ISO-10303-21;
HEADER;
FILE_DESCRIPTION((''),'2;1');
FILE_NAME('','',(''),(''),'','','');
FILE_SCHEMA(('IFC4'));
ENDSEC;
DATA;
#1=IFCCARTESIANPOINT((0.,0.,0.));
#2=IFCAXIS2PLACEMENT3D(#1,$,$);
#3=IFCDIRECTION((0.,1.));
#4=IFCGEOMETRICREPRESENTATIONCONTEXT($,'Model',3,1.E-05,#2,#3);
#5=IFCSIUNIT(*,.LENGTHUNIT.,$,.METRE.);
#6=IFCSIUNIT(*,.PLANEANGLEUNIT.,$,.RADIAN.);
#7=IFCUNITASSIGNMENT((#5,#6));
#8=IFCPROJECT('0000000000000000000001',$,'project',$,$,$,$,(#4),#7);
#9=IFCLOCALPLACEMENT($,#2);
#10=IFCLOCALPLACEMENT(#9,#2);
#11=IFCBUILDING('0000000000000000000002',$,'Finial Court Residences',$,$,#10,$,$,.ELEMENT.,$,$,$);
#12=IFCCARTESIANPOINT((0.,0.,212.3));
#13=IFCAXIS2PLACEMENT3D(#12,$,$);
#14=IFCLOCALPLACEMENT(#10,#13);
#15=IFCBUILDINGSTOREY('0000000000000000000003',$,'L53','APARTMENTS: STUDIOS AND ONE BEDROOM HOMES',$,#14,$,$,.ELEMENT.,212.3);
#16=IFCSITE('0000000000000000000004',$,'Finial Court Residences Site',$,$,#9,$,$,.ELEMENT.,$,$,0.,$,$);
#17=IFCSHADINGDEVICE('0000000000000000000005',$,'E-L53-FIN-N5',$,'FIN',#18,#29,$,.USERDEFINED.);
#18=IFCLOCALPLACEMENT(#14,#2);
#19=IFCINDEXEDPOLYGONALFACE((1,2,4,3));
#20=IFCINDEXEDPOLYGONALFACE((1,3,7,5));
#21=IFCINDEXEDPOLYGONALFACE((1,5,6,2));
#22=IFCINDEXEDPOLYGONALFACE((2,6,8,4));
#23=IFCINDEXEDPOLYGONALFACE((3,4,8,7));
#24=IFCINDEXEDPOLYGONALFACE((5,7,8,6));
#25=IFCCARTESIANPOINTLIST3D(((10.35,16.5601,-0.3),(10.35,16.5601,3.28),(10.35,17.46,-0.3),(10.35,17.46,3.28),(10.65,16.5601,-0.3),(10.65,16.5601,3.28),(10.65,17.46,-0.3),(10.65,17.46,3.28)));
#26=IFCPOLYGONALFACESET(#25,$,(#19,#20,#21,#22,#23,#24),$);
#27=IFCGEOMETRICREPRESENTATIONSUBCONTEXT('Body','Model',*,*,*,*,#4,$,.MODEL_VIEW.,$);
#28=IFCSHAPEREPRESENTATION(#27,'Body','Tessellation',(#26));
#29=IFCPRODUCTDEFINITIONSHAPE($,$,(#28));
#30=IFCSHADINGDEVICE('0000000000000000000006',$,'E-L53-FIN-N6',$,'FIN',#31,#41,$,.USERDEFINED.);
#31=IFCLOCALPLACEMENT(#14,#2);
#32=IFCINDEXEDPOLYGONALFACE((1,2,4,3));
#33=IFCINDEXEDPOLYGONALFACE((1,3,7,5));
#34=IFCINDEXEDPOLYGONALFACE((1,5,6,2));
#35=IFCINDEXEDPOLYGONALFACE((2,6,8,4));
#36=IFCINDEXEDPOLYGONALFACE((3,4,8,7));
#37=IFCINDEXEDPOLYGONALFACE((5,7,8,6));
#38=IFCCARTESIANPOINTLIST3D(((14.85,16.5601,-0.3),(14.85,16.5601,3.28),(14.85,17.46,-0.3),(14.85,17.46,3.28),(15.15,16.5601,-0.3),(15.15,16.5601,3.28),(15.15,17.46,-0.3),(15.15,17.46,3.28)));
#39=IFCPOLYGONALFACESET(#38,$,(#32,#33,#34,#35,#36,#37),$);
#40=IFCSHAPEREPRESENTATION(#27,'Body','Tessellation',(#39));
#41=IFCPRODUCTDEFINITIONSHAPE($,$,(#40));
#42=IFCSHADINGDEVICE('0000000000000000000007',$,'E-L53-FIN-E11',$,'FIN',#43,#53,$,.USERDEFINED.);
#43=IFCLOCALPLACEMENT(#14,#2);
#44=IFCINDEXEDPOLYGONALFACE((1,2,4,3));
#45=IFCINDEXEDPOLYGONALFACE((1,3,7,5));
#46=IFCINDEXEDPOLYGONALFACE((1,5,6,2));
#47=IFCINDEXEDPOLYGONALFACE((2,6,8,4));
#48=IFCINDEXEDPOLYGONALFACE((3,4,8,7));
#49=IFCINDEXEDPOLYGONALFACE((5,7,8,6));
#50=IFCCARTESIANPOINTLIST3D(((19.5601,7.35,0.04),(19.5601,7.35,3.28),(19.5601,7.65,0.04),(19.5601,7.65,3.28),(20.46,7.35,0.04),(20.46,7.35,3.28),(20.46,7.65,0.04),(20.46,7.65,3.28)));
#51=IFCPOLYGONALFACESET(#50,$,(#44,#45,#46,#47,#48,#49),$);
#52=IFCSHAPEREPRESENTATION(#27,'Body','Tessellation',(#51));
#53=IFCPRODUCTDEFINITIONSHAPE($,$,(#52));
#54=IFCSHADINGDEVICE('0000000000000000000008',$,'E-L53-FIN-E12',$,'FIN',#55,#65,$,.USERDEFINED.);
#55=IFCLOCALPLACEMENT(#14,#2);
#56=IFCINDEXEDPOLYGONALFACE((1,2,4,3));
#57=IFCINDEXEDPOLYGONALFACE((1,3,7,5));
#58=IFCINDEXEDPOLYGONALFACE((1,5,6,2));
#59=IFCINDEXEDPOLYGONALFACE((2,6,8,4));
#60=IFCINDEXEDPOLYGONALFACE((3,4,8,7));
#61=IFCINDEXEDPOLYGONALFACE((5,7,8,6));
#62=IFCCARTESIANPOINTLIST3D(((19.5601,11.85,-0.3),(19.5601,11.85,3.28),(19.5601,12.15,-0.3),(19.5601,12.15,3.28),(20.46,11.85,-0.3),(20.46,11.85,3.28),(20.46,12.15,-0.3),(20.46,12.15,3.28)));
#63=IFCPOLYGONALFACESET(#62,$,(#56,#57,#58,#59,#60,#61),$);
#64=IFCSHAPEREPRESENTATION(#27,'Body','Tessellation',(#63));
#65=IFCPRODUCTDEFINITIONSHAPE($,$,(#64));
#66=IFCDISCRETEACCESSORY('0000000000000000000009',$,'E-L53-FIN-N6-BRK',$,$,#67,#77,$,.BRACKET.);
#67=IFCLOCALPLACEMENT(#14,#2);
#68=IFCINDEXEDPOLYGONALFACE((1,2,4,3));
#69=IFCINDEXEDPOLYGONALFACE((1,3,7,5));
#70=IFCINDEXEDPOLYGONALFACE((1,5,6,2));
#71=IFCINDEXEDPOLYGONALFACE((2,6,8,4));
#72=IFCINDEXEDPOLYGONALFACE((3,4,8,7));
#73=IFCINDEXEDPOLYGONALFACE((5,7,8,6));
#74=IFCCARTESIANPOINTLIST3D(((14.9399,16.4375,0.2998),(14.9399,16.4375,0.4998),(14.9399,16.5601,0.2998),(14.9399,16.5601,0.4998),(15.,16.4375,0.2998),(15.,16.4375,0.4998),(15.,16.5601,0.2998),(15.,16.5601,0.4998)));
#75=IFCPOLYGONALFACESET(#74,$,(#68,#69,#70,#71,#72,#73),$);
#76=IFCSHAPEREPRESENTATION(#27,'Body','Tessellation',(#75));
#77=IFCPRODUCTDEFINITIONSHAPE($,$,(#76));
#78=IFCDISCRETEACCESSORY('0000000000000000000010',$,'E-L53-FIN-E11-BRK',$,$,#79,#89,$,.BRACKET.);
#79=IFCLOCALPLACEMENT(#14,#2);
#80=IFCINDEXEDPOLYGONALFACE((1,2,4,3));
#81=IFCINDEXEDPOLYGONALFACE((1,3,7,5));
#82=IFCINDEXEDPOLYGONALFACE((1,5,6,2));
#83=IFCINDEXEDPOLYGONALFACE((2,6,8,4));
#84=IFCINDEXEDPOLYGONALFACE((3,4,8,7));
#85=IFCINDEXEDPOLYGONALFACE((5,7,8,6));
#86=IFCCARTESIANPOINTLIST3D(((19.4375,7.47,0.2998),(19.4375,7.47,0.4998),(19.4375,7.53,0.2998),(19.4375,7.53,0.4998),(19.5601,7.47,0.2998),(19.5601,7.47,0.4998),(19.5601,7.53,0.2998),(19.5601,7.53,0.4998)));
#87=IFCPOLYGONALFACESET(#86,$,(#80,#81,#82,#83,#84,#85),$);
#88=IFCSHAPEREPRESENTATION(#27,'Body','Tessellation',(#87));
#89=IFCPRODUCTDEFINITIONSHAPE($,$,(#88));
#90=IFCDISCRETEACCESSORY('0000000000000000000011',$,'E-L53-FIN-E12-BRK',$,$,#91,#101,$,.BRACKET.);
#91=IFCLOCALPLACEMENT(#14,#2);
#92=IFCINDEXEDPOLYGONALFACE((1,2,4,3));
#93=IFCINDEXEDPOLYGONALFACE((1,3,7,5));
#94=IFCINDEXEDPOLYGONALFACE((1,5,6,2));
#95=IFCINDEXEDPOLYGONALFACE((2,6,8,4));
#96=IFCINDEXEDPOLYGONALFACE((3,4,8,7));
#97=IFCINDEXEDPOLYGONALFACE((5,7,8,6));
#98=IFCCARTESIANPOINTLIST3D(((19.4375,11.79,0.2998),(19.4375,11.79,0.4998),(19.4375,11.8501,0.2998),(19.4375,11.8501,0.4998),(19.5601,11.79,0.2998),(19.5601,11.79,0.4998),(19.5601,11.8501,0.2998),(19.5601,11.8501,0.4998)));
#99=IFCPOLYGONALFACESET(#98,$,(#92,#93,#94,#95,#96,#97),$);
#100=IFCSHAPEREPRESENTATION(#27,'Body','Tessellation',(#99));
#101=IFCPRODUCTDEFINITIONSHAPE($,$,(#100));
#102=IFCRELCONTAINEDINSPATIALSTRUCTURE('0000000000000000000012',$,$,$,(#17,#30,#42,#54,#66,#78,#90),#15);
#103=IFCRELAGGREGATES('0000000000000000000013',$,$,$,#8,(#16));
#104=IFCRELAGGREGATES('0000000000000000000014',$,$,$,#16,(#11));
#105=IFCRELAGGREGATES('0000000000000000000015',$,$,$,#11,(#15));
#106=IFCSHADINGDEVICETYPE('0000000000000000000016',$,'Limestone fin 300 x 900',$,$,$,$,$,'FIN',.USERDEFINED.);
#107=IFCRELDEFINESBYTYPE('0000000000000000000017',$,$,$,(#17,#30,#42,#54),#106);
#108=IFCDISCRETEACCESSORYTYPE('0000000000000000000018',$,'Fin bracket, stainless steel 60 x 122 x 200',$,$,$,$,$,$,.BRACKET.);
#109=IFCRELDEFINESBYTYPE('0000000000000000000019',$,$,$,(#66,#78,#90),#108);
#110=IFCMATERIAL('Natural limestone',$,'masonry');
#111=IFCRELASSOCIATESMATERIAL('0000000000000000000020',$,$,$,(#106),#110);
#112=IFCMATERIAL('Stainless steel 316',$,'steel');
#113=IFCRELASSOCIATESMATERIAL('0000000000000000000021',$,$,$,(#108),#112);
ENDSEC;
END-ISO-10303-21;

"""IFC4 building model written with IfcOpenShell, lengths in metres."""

from ifc_helpers import new_model, si_unit, direction, frame, origin, origin_2d, place, context, subcontext, project, spatial, rectangle, extrude, material, type_object, element, save


model = new_model("IFC4")

# Units and contexts
model_context = context("Model", 3, precision=1e-05, world=origin(), true_north=direction((0.0, 1.0)))
body_context = subcontext(model_context, "Body", "Model", "MODEL_VIEW")
ifc_project = project(units=[si_unit("LENGTHUNIT", "METRE"), si_unit("PLANEANGLEUNIT", "RADIAN")], contexts=[model_context])

# Site, building, storey
site_placement = place(None, origin())
site = spatial("IfcSite", under=ifc_project, at=site_placement, Name="Finial Court Residences Site", CompositionType="ELEMENT", RefElevation=0.0)
building_placement = place(site_placement, origin())
building = spatial("IfcBuilding", under=site, at=building_placement, Name="Finial Court Residences", CompositionType="ELEMENT")
storey_placement = place(building_placement, frame((0.0, 0.0, 212.3)))
storey = spatial("IfcBuildingStorey", under=building, at=storey_placement, Name="L53", Description="APARTMENTS: STUDIOS AND ONE BEDROOM HOMES", CompositionType="ELEMENT", Elevation=212.3)

# Shared definitions
ifc_material_1 = material(Name="Natural limestone", Category="masonry")

# Shading devices
shading_device_type = type_object("IfcShadingDeviceType", Name="Limestone fin 300 x 900", ElementType="FIN", PredefinedType="USERDEFINED", material=ifc_material_1)
for number, where, z_axis, x_axis, name in (
    (1, (10.5, 17.01, -0.3), (0.0, 0.0, 1.0), (1.0, 0.0, 0.0), "E-L53-FIN-N5"),
    (2, (15.0, 17.01, -0.3), (0.0, 0.0, 1.0), (1.0, 0.0, 0.0), "E-L53-FIN-N6"),
):
    element("IfcShadingDevice", number, at=place(storey_placement, frame(where, z_axis=z_axis, x_axis=x_axis)), inside=storey, type_object=shading_device_type, Name=name, ObjectType="FIN", PredefinedType="USERDEFINED", context=body_context, shape_type="SweptSolid", body=[
        extrude(rectangle(XDim=0.3, YDim=0.8999, at=origin_2d()), origin(), (0.0, 0.0, 1.0), 3.5801),
    ])
shading_device_1_placement = place(storey_placement, frame((20.01, 7.5, 0.04), z_axis=(0.0, 0.0, 1.0), x_axis=(1.0, 0.0, 0.0)))
element("IfcShadingDevice", 3, at=shading_device_1_placement, inside=storey, type_object=shading_device_type, Name="E-L53-FIN-E11", ObjectType="FIN", PredefinedType="USERDEFINED", context=body_context, shape_type="SweptSolid", body=[
    extrude(rectangle(XDim=0.8999, YDim=0.3, at=origin_2d()), origin(), (0.0, 0.0, 1.0), 3.24),
])
shading_device_2_placement = place(storey_placement, frame((20.01, 12.0, -0.3), z_axis=(0.0, 0.0, 1.0), x_axis=(1.0, 0.0, 0.0)))
element("IfcShadingDevice", 4, at=shading_device_2_placement, inside=storey, type_object=shading_device_type, Name="E-L53-FIN-E12", ObjectType="FIN", PredefinedType="USERDEFINED", context=body_context, shape_type="SweptSolid", body=[
    extrude(rectangle(XDim=0.8999, YDim=0.3, at=origin_2d()), origin(), (0.0, 0.0, 1.0), 3.5801),
])

# Discrete accessories
ifc_material_2 = material(Name="Stainless steel 316", Category="steel")
discrete_accessory_type = type_object("IfcDiscreteAccessoryType", Name="Fin bracket, stainless steel 60 x 122 x 200", PredefinedType="BRACKET", material=ifc_material_2)
discrete_accessory_placement = place(storey_placement, frame((14.97, 16.4988, 0.2998), z_axis=(0.0, 0.0, 1.0), x_axis=(1.0, 0.0, 0.0)))
element("IfcDiscreteAccessory", 5, at=discrete_accessory_placement, inside=storey, type_object=discrete_accessory_type, Name="E-L53-FIN-N6-BRK", PredefinedType="BRACKET", context=body_context, shape_type="SweptSolid", body=[
    extrude(rectangle(XDim=0.0601, YDim=0.1226, at=origin_2d()), origin(), (0.0, 0.0, 1.0), 0.2),
])
for number, where, z_axis, x_axis, name in (
    (6, (19.4988, 7.5, 0.2998), (0.0, 0.0, 1.0), (1.0, 0.0, 0.0), "E-L53-FIN-E11-BRK"),
    (7, (19.4988, 11.8201, 0.2998), (0.0, 0.0, 1.0), (1.0, 0.0, 0.0), "E-L53-FIN-E12-BRK"),
):
    element("IfcDiscreteAccessory", number, at=place(storey_placement, frame(where, z_axis=z_axis, x_axis=x_axis)), inside=storey, type_object=discrete_accessory_type, Name=name, PredefinedType="BRACKET", context=body_context, shape_type="SweptSolid", body=[
        extrude(rectangle(XDim=0.1226, YDim=0.0601, at=origin_2d()), origin(), (0.0, 0.0, 1.0), 0.2),
    ])

save(model, "model.ifc")
